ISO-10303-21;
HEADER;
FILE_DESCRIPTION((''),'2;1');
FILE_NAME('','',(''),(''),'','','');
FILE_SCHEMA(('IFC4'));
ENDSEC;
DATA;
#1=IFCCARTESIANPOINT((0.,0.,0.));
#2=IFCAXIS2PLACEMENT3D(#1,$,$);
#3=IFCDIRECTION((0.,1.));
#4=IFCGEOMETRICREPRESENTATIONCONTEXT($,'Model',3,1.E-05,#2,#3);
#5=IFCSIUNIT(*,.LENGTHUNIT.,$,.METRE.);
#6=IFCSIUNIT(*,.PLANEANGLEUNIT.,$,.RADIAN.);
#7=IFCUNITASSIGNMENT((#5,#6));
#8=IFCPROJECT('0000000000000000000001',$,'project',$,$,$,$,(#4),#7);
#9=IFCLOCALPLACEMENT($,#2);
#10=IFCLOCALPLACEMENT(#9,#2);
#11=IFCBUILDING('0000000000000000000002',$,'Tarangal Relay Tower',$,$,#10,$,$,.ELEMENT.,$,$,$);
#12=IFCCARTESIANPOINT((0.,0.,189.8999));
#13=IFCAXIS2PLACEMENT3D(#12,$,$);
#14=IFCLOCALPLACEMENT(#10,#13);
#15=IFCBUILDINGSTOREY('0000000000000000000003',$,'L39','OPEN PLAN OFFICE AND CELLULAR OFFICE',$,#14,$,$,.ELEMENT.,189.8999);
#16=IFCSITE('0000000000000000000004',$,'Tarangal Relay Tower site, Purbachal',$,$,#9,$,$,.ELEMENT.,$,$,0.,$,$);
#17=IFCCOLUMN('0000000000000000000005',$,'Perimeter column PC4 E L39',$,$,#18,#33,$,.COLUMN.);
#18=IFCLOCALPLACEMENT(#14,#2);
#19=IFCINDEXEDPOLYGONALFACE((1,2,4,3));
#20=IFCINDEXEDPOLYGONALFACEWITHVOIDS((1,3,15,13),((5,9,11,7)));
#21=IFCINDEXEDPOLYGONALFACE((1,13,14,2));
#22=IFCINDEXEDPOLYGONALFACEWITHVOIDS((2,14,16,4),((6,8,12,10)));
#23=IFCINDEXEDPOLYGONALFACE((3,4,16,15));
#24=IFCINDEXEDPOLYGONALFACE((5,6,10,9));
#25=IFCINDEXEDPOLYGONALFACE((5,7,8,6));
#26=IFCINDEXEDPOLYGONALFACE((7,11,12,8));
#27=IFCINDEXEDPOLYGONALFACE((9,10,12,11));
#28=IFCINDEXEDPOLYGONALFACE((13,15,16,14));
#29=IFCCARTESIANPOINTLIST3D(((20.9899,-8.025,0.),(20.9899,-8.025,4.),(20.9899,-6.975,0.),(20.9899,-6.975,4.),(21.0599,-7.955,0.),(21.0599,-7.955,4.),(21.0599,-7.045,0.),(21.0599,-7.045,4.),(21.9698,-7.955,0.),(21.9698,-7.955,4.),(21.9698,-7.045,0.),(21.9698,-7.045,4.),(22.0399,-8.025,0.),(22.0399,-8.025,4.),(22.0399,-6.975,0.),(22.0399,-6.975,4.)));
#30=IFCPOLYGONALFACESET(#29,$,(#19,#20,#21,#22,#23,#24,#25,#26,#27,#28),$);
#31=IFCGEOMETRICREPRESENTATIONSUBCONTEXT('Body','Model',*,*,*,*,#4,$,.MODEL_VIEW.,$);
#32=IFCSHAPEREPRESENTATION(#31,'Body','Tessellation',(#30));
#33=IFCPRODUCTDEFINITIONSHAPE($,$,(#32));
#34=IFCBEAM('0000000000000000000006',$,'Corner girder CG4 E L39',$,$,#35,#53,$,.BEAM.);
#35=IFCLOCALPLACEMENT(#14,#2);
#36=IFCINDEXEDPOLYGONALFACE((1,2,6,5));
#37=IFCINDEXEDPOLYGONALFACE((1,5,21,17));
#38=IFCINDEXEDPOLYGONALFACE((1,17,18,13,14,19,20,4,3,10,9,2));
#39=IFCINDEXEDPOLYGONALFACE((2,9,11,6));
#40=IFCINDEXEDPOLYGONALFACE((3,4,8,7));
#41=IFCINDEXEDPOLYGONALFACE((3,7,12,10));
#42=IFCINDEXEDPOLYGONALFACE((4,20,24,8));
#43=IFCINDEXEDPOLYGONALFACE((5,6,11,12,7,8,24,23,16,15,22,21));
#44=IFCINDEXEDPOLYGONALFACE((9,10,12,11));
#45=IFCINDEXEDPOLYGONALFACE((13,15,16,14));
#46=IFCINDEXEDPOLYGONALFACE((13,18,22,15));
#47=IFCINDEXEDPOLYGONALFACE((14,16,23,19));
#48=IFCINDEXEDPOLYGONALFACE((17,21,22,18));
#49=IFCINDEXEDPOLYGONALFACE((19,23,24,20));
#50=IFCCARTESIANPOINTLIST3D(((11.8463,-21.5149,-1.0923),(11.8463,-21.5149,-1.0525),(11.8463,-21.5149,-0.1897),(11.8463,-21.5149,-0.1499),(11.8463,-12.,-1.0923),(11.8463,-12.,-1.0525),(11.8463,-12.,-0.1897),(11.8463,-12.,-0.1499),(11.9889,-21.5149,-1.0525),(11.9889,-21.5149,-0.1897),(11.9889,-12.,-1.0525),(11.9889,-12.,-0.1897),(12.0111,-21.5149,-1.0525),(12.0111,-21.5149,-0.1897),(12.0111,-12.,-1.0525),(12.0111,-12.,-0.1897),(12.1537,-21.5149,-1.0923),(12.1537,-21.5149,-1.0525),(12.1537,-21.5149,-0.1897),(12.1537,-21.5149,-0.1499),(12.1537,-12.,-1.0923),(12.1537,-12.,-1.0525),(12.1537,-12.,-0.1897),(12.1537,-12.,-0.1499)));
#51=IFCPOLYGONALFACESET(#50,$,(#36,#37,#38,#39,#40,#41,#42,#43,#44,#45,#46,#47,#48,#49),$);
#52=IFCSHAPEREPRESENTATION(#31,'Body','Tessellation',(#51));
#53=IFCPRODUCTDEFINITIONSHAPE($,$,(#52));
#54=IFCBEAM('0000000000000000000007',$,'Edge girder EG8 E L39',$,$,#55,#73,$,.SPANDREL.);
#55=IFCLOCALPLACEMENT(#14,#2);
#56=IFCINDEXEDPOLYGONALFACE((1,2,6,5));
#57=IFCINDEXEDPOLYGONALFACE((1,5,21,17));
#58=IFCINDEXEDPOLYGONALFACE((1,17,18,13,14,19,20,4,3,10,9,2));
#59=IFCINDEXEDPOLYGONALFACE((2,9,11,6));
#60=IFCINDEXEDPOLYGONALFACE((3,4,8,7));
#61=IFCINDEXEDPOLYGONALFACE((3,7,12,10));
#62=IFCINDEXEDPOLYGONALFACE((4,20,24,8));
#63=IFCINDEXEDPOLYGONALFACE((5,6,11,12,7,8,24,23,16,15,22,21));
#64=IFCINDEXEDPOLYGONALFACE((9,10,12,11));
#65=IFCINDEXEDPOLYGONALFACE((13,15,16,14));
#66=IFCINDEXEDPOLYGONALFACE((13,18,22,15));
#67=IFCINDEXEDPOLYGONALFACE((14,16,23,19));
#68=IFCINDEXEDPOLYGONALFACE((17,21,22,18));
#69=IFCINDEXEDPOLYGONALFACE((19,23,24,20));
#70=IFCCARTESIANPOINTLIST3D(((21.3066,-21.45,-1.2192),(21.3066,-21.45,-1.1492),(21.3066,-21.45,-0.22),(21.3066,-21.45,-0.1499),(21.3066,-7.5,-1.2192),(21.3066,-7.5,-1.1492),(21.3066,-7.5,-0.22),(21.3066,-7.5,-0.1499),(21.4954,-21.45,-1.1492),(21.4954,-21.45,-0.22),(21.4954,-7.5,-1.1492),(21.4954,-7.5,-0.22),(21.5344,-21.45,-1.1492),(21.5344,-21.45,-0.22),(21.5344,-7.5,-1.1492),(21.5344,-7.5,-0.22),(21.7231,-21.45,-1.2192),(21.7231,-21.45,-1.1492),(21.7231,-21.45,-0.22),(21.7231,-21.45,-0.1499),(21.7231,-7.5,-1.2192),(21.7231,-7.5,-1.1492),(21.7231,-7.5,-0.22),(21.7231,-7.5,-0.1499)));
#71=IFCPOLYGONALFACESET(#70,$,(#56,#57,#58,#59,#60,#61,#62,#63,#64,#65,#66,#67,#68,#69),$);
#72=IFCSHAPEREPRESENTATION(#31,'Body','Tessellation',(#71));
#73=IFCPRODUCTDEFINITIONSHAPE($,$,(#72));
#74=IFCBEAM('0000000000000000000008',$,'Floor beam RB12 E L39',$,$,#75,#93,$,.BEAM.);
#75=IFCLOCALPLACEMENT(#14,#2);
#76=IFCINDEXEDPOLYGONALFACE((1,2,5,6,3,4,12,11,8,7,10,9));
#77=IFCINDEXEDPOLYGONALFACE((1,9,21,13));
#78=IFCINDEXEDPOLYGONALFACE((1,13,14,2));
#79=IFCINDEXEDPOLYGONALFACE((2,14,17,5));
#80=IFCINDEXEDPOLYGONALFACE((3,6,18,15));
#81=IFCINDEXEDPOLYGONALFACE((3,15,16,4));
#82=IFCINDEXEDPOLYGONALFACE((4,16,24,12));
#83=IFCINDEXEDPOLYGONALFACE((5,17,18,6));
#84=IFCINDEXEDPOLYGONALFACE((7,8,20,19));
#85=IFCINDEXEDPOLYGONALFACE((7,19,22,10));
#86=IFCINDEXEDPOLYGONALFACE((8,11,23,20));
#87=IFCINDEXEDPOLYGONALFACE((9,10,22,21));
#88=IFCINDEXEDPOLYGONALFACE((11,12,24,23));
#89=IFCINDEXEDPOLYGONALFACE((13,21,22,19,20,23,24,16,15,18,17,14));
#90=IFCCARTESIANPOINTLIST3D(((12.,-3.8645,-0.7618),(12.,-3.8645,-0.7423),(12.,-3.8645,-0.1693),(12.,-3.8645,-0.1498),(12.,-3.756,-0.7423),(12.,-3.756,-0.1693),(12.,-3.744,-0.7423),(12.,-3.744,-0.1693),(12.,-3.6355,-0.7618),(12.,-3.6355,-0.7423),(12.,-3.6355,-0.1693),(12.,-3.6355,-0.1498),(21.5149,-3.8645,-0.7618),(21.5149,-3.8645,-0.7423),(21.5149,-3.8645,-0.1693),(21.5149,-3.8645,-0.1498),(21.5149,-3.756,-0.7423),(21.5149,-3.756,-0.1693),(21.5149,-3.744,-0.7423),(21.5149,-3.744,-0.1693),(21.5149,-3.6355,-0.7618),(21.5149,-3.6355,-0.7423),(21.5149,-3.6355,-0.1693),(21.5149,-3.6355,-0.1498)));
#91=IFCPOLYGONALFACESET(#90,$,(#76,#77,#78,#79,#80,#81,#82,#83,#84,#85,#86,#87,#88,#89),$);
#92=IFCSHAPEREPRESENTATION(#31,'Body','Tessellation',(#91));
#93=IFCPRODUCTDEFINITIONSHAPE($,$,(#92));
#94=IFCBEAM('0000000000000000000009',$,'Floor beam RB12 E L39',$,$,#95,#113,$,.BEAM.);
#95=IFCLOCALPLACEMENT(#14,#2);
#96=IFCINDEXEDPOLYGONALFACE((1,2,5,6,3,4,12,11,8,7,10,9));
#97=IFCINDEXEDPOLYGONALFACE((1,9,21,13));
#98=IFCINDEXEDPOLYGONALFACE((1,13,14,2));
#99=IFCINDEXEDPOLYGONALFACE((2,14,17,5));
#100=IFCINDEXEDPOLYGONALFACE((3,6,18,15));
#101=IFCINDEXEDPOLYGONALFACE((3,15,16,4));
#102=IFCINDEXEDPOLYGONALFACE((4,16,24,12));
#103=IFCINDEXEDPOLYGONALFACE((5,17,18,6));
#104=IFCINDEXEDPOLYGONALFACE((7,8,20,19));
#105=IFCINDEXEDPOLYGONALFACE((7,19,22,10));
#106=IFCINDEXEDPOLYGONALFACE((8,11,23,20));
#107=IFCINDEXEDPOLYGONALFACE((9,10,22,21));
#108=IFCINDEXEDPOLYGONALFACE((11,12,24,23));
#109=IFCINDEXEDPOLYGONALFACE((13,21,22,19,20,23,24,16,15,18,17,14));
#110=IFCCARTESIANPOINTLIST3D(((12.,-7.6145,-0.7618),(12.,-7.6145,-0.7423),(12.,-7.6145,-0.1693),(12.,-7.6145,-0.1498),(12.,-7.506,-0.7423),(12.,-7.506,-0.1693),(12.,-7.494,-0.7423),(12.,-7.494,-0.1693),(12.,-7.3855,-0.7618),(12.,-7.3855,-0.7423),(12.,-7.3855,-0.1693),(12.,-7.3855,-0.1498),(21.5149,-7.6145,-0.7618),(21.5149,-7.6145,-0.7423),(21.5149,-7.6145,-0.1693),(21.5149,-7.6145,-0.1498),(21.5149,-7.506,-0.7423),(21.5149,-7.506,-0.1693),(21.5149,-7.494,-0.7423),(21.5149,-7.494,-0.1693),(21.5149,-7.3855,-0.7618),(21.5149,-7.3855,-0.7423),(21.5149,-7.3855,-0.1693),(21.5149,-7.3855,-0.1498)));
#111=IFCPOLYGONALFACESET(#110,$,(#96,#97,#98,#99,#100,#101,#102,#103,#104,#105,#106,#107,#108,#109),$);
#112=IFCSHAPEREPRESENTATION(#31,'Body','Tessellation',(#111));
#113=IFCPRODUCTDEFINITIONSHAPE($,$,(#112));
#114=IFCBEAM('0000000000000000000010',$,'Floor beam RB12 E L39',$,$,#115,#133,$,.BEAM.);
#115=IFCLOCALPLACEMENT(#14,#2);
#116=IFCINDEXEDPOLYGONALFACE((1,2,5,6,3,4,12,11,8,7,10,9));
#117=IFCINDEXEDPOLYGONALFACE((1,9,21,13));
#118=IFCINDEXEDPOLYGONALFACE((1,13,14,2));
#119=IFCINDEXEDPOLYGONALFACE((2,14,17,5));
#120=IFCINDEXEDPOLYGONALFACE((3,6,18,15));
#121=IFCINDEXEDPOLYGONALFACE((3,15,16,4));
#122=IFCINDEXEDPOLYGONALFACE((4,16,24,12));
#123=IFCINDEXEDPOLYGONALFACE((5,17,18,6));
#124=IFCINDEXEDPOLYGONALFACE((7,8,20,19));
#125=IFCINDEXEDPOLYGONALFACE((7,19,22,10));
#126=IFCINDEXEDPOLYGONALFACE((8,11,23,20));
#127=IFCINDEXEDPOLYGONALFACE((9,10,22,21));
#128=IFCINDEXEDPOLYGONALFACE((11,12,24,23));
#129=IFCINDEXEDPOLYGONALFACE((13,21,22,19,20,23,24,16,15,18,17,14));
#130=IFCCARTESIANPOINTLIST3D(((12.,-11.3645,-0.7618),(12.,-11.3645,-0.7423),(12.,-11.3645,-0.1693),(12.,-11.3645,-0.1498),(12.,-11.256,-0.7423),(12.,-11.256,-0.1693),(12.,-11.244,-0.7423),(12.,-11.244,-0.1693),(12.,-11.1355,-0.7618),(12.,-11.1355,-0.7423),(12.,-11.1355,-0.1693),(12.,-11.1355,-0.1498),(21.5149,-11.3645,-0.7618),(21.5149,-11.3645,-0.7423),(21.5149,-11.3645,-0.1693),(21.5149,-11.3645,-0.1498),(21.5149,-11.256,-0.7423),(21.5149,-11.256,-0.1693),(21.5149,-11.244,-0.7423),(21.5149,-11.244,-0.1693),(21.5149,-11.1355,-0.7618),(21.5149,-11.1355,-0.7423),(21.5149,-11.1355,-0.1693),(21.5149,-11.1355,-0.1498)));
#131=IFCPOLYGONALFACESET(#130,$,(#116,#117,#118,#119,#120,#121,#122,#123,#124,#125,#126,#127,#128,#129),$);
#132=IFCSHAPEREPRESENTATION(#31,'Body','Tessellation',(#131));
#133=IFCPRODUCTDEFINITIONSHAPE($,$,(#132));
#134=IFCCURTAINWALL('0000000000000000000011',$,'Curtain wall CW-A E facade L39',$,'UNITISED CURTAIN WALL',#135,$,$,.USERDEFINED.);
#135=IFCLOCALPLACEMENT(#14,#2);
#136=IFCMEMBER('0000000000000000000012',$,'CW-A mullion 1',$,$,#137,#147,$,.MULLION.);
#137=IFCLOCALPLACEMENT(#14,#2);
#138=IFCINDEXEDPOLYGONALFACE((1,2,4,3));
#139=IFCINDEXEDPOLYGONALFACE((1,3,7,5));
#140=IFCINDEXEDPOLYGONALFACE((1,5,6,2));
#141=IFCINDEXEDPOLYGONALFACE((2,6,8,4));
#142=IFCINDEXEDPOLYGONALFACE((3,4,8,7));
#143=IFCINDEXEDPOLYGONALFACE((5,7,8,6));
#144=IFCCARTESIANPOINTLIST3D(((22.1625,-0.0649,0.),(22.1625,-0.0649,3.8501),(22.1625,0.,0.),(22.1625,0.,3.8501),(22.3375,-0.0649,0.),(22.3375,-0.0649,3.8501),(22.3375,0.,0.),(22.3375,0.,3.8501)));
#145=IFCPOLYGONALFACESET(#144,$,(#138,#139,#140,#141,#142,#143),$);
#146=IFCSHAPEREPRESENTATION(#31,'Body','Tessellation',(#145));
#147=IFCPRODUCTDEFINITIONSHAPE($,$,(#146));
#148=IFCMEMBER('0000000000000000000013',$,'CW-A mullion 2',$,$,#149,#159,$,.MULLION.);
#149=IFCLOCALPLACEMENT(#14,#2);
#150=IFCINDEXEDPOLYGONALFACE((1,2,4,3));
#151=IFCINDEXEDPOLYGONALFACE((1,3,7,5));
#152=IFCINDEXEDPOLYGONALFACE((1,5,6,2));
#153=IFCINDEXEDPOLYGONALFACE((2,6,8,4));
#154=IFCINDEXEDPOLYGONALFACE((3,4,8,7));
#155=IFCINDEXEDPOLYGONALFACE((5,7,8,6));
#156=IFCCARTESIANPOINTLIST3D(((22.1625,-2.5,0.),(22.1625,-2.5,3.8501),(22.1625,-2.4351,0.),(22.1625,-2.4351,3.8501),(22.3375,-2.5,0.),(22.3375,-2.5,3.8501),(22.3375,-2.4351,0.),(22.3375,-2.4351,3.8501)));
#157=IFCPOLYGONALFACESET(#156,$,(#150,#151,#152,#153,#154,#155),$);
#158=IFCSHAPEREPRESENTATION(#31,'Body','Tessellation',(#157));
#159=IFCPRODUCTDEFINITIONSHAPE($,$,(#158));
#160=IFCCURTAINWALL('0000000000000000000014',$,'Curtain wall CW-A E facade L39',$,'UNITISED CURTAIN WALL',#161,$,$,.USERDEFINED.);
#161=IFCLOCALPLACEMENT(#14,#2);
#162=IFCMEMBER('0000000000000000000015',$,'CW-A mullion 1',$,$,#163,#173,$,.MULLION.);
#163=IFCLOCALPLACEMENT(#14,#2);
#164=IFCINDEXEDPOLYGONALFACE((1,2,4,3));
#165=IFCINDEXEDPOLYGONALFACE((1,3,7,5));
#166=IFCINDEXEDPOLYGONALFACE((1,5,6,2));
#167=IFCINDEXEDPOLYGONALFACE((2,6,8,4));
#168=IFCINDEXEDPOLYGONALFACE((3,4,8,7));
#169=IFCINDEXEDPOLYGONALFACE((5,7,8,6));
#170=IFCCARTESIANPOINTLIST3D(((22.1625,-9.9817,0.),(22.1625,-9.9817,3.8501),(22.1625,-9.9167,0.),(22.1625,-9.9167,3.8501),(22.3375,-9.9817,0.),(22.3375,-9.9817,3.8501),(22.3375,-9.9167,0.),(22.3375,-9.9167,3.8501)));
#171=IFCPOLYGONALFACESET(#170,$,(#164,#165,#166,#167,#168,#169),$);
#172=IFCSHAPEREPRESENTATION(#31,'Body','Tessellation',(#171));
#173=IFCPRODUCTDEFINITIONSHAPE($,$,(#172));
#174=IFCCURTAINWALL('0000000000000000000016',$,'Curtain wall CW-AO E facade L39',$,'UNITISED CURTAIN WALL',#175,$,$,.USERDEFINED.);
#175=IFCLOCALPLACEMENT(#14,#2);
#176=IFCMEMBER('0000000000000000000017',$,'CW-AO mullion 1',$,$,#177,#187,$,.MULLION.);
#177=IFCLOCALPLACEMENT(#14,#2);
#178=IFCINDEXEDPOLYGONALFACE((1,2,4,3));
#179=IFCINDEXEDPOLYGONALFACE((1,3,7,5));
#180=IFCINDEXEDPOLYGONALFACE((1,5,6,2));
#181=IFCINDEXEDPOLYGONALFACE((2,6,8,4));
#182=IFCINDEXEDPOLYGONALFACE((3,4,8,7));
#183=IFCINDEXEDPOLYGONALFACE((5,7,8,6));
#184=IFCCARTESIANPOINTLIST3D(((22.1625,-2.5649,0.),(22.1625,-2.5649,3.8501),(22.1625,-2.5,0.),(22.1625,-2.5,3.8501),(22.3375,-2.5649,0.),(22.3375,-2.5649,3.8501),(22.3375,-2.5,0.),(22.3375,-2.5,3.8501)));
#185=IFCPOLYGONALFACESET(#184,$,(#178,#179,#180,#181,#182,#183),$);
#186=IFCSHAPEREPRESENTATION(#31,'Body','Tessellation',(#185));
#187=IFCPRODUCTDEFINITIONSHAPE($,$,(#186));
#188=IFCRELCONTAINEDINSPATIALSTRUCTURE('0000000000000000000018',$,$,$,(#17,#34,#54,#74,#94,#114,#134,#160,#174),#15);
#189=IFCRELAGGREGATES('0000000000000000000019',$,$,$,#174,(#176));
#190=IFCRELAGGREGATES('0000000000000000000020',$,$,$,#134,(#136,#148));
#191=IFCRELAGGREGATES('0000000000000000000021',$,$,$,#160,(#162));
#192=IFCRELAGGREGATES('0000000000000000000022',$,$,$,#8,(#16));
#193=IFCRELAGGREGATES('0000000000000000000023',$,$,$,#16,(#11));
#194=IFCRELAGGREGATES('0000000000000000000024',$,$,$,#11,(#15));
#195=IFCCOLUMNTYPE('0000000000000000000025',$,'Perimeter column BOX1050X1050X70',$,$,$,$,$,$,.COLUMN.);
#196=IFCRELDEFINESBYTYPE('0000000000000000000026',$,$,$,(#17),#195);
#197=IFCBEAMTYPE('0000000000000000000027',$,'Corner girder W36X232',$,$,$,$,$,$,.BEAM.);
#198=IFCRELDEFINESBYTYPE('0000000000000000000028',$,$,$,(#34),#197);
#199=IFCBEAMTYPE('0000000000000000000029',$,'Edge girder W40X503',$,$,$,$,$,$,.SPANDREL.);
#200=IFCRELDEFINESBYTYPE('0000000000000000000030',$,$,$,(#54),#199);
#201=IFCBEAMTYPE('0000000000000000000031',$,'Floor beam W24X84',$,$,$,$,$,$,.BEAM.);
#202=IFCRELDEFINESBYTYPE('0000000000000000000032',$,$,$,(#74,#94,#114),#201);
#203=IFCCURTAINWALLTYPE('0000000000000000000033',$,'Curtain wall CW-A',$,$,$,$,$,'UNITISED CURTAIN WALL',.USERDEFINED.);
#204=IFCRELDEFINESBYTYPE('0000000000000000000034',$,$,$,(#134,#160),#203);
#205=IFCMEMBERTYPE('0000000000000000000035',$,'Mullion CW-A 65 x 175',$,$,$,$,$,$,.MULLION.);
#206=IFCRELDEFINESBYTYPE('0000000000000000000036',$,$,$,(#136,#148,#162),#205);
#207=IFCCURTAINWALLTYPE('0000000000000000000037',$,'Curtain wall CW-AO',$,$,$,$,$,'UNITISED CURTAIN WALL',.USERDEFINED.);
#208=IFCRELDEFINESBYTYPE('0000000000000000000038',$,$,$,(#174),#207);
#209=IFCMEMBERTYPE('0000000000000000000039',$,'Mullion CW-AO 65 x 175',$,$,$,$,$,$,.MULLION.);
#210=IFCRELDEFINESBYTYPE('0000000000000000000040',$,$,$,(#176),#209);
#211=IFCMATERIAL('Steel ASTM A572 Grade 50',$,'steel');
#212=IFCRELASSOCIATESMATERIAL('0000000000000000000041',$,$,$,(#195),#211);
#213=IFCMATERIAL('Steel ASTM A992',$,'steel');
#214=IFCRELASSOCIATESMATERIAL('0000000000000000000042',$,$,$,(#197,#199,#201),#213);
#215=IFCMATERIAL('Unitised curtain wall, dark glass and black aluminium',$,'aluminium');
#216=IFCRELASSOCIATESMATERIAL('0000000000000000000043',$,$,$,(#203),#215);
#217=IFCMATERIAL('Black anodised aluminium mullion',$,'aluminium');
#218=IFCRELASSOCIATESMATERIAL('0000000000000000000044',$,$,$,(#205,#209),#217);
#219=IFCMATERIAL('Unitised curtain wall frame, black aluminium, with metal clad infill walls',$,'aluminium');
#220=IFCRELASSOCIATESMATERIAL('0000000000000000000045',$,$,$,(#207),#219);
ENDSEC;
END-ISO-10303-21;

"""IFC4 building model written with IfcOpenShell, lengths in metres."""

from ifc_helpers import new_model, si_unit, direction, frame, origin, origin_2d, place, context, subcontext, project, spatial, rectangle, hollow_rectangle, i_section, extrude, material, material_profile, profile_set, type_object, element, aggregate, save


model = new_model("IFC4")

# Units and contexts
model_context = context("Model", 3, precision=1e-05, world=origin(), true_north=direction((0.0, 1.0)))
body_context = subcontext(model_context, "Body", "Model", "MODEL_VIEW")
ifc_project = project(units=[si_unit("LENGTHUNIT", "METRE"), si_unit("PLANEANGLEUNIT", "RADIAN")], contexts=[model_context])

# Site, building, storey
site_placement = place(None, origin())
site = spatial("IfcSite", under=ifc_project, at=site_placement, Name="Tarangal Relay Tower site, Purbachal", CompositionType="ELEMENT", RefElevation=0.0)
building_placement = place(site_placement, origin())
building = spatial("IfcBuilding", under=site, at=building_placement, Name="Tarangal Relay Tower", CompositionType="ELEMENT")
storey_placement = place(building_placement, frame((0.0, 0.0, 189.8999)))
storey = spatial("IfcBuildingStorey", under=building, at=storey_placement, Name="L39", Description="OPEN PLAN OFFICE AND CELLULAR OFFICE", CompositionType="ELEMENT", Elevation=189.8999)

# Column
ifc_material_1 = material(Name="Steel ASTM A572 Grade 50", Category="steel")
ifc_material_profile_1 = material_profile(ifc_material_1, hollow_rectangle(XDim=1.05, YDim=1.05, WallThickness=0.0701, at=origin_2d()), Name="BOX1050X1050X70")
ifc_profile_set_1 = profile_set([ifc_material_profile_1], Name="Steel ASTM A572 Grade 50")
column_type = type_object("IfcColumnType", Name="Perimeter column BOX1050X1050X70", PredefinedType="COLUMN", material=ifc_profile_set_1)
column_placement = place(storey_placement, frame((21.5149, -7.5, 0.0), z_axis=(0.0, 0.0, 1.0), x_axis=(1.0, 0.0, 0.0)))
element("IfcColumn", 1, at=column_placement, inside=storey, type_object=column_type, Name="Perimeter column PC4 E L39", PredefinedType="COLUMN", context=body_context, shape_type="SweptSolid", body=[
    extrude(hollow_rectangle(XDim=1.05, YDim=1.05, WallThickness=0.0701, at=origin_2d()), origin(), (0.0, 0.0, 1.0), 4.0),
])

# Beams
ifc_material_2 = material(Name="Steel ASTM A992", Category="steel")
ifc_material_profile_2 = material_profile(ifc_material_2, i_section(OverallWidth=0.3074, OverallDepth=0.9424, WebThickness=0.0222, FlangeThickness=0.0398, at=origin_2d()), Name="W36X232")
ifc_profile_set_2 = profile_set([ifc_material_profile_2], Name="Steel ASTM A992")
beam_type_1 = type_object("IfcBeamType", Name="Corner girder W36X232", PredefinedType="BEAM", material=ifc_profile_set_2)
beam_1_placement = place(storey_placement, frame((12.0, -12.0, -0.6211), z_axis=(0.0, -1.0, 0.0), x_axis=(1.0, 0.0, 0.0)))
element("IfcBeam", 2, at=beam_1_placement, inside=storey, type_object=beam_type_1, Name="Corner girder CG4 E L39", PredefinedType="BEAM", context=body_context, shape_type="SweptSolid", body=[
    extrude(i_section(OverallWidth=0.3074, OverallDepth=0.9424, WebThickness=0.0222, FlangeThickness=0.0398, at=origin_2d()), origin(), (0.0, 0.0, 1.0), 9.5149),
])
ifc_material_profile_3 = material_profile(ifc_material_2, i_section(OverallWidth=0.4165, OverallDepth=1.0693, WebThickness=0.0391, FlangeThickness=0.0701, at=origin_2d()), Name="W40X503")
ifc_profile_set_3 = profile_set([ifc_material_profile_3], Name="Steel ASTM A992")
beam_type_2 = type_object("IfcBeamType", Name="Edge girder W40X503", PredefinedType="SPANDREL", material=ifc_profile_set_3)
beam_2_placement = place(storey_placement, frame((21.5149, -7.5, -0.6846), z_axis=(0.0, -1.0, 0.0), x_axis=(1.0, 0.0, 0.0)))
element("IfcBeam", 3, at=beam_2_placement, inside=storey, type_object=beam_type_2, Name="Edge girder EG8 E L39", PredefinedType="SPANDREL", context=body_context, shape_type="SweptSolid", body=[
    extrude(i_section(OverallWidth=0.4165, OverallDepth=1.0693, WebThickness=0.0391, FlangeThickness=0.0701, at=origin_2d()), origin(), (0.0, 0.0, 1.0), 13.95),
])
ifc_material_profile_4 = material_profile(ifc_material_2, i_section(OverallWidth=0.229, OverallDepth=0.6121, WebThickness=0.012, FlangeThickness=0.0195, at=origin_2d()), Name="W24X84")
ifc_profile_set_4 = profile_set([ifc_material_profile_4], Name="Steel ASTM A992")
beam_type_3 = type_object("IfcBeamType", Name="Floor beam W24X84", PredefinedType="BEAM", material=ifc_profile_set_4)
for number, where, z_axis, x_axis, name in (
    (4, (12.0, -3.75, -0.4558), (1.0, 0.0, 0.0), (0.0, 1.0, 0.0), "Floor beam RB12 E L39"),
    (5, (12.0, -7.5, -0.4558), (1.0, 0.0, 0.0), (0.0, 1.0, 0.0), "Floor beam RB12 E L39"),
    (6, (12.0, -11.25, -0.4558), (1.0, 0.0, 0.0), (0.0, 1.0, 0.0), "Floor beam RB12 E L39"),
):
    element("IfcBeam", number, at=place(storey_placement, frame(where, z_axis=z_axis, x_axis=x_axis)), inside=storey, type_object=beam_type_3, Name=name, PredefinedType="BEAM", context=body_context, shape_type="SweptSolid", body=[
        extrude(i_section(OverallWidth=0.229, OverallDepth=0.6121, WebThickness=0.012, FlangeThickness=0.0195, at=origin_2d()), origin(), (0.0, 0.0, 1.0), 9.5149),
    ])

# Curtain wall, members
ifc_material_3 = material(Name="Unitised curtain wall, dark glass and black aluminium", Category="aluminium")
curtain_wall_type_1 = type_object("IfcCurtainWallType", Name="Curtain wall CW-A", ElementType="UNITISED CURTAIN WALL", PredefinedType="USERDEFINED", material=ifc_material_3)
curtain_wall_1_placement = place(storey_placement, origin())
curtain_wall_1 = element("IfcCurtainWall", 7, at=curtain_wall_1_placement, inside=storey, type_object=curtain_wall_type_1, Name="Curtain wall CW-A E facade L39", ObjectType="UNITISED CURTAIN WALL", PredefinedType="USERDEFINED")
ifc_material_4 = material(Name="Black anodised aluminium mullion", Category="aluminium")
ifc_material_profile_5 = material_profile(ifc_material_4, rectangle(XDim=0.175, YDim=0.0649, at=origin_2d()), Name="CW-AM 65X175")
ifc_profile_set_5 = profile_set([ifc_material_profile_5], Name="Black anodised aluminium mullion")
member_type_1 = type_object("IfcMemberType", Name="Mullion CW-A 65 x 175", PredefinedType="MULLION", material=ifc_profile_set_5)
member_1_placement = place(storey_placement, frame((22.25, -0.0325, 0.0), z_axis=(0.0, 0.0, 1.0), x_axis=(1.0, 0.0, 0.0)))
member_1 = element("IfcMember", 8, at=member_1_placement, type_object=member_type_1, Name="CW-A mullion 1", PredefinedType="MULLION", context=body_context, shape_type="SweptSolid", body=[
    extrude(rectangle(XDim=0.175, YDim=0.0649, at=origin_2d()), origin(), (0.0, 0.0, 1.0), 3.8501),
])
member_2_placement = place(storey_placement, frame((22.25, -2.4675, 0.0), z_axis=(0.0, 0.0, 1.0), x_axis=(1.0, 0.0, 0.0)))
member_2 = element("IfcMember", 9, at=member_2_placement, type_object=member_type_1, Name="CW-A mullion 2", PredefinedType="MULLION", context=body_context, shape_type="SweptSolid", body=[
    extrude(rectangle(XDim=0.175, YDim=0.0649, at=origin_2d()), origin(), (0.0, 0.0, 1.0), 3.8501),
])

# Curtain wall, member
curtain_wall_2_placement = place(storey_placement, origin())
curtain_wall_2 = element("IfcCurtainWall", 10, at=curtain_wall_2_placement, inside=storey, type_object=curtain_wall_type_1, Name="Curtain wall CW-A E facade L39", ObjectType="UNITISED CURTAIN WALL", PredefinedType="USERDEFINED")
member_3_placement = place(storey_placement, frame((22.25, -9.9492, 0.0), z_axis=(0.0, 0.0, 1.0), x_axis=(1.0, 0.0, 0.0)))
member_3 = element("IfcMember", 11, at=member_3_placement, type_object=member_type_1, Name="CW-A mullion 1", PredefinedType="MULLION", context=body_context, shape_type="SweptSolid", body=[
    extrude(rectangle(XDim=0.175, YDim=0.0649, at=origin_2d()), origin(), (0.0, 0.0, 1.0), 3.8501),
])

# Curtain wall, member
ifc_material_5 = material(Name="Unitised curtain wall frame, black aluminium, with metal clad infill walls", Category="aluminium")
curtain_wall_type_2 = type_object("IfcCurtainWallType", Name="Curtain wall CW-AO", ElementType="UNITISED CURTAIN WALL", PredefinedType="USERDEFINED", material=ifc_material_5)
curtain_wall_3_placement = place(storey_placement, origin())
curtain_wall_3 = element("IfcCurtainWall", 12, at=curtain_wall_3_placement, inside=storey, type_object=curtain_wall_type_2, Name="Curtain wall CW-AO E facade L39", ObjectType="UNITISED CURTAIN WALL", PredefinedType="USERDEFINED")
ifc_material_profile_6 = material_profile(ifc_material_4, rectangle(XDim=0.175, YDim=0.0649, at=origin_2d()), Name="CW-AOM 65X175")
ifc_profile_set_6 = profile_set([ifc_material_profile_6], Name="Black anodised aluminium mullion")
member_type_2 = type_object("IfcMemberType", Name="Mullion CW-AO 65 x 175", PredefinedType="MULLION", material=ifc_profile_set_6)
member_4_placement = place(storey_placement, frame((22.25, -2.5325, 0.0), z_axis=(0.0, 0.0, 1.0), x_axis=(1.0, 0.0, 0.0)))
member_4 = element("IfcMember", 13, at=member_4_placement, type_object=member_type_2, Name="CW-AO mullion 1", PredefinedType="MULLION", context=body_context, shape_type="SweptSolid", body=[
    extrude(rectangle(XDim=0.175, YDim=0.0649, at=origin_2d()), origin(), (0.0, 0.0, 1.0), 3.8501),
])

aggregate(curtain_wall_3, [member_4])

aggregate(curtain_wall_1, [member_1, member_2])
aggregate(curtain_wall_2, [member_3])

save(model, "model.ifc")
